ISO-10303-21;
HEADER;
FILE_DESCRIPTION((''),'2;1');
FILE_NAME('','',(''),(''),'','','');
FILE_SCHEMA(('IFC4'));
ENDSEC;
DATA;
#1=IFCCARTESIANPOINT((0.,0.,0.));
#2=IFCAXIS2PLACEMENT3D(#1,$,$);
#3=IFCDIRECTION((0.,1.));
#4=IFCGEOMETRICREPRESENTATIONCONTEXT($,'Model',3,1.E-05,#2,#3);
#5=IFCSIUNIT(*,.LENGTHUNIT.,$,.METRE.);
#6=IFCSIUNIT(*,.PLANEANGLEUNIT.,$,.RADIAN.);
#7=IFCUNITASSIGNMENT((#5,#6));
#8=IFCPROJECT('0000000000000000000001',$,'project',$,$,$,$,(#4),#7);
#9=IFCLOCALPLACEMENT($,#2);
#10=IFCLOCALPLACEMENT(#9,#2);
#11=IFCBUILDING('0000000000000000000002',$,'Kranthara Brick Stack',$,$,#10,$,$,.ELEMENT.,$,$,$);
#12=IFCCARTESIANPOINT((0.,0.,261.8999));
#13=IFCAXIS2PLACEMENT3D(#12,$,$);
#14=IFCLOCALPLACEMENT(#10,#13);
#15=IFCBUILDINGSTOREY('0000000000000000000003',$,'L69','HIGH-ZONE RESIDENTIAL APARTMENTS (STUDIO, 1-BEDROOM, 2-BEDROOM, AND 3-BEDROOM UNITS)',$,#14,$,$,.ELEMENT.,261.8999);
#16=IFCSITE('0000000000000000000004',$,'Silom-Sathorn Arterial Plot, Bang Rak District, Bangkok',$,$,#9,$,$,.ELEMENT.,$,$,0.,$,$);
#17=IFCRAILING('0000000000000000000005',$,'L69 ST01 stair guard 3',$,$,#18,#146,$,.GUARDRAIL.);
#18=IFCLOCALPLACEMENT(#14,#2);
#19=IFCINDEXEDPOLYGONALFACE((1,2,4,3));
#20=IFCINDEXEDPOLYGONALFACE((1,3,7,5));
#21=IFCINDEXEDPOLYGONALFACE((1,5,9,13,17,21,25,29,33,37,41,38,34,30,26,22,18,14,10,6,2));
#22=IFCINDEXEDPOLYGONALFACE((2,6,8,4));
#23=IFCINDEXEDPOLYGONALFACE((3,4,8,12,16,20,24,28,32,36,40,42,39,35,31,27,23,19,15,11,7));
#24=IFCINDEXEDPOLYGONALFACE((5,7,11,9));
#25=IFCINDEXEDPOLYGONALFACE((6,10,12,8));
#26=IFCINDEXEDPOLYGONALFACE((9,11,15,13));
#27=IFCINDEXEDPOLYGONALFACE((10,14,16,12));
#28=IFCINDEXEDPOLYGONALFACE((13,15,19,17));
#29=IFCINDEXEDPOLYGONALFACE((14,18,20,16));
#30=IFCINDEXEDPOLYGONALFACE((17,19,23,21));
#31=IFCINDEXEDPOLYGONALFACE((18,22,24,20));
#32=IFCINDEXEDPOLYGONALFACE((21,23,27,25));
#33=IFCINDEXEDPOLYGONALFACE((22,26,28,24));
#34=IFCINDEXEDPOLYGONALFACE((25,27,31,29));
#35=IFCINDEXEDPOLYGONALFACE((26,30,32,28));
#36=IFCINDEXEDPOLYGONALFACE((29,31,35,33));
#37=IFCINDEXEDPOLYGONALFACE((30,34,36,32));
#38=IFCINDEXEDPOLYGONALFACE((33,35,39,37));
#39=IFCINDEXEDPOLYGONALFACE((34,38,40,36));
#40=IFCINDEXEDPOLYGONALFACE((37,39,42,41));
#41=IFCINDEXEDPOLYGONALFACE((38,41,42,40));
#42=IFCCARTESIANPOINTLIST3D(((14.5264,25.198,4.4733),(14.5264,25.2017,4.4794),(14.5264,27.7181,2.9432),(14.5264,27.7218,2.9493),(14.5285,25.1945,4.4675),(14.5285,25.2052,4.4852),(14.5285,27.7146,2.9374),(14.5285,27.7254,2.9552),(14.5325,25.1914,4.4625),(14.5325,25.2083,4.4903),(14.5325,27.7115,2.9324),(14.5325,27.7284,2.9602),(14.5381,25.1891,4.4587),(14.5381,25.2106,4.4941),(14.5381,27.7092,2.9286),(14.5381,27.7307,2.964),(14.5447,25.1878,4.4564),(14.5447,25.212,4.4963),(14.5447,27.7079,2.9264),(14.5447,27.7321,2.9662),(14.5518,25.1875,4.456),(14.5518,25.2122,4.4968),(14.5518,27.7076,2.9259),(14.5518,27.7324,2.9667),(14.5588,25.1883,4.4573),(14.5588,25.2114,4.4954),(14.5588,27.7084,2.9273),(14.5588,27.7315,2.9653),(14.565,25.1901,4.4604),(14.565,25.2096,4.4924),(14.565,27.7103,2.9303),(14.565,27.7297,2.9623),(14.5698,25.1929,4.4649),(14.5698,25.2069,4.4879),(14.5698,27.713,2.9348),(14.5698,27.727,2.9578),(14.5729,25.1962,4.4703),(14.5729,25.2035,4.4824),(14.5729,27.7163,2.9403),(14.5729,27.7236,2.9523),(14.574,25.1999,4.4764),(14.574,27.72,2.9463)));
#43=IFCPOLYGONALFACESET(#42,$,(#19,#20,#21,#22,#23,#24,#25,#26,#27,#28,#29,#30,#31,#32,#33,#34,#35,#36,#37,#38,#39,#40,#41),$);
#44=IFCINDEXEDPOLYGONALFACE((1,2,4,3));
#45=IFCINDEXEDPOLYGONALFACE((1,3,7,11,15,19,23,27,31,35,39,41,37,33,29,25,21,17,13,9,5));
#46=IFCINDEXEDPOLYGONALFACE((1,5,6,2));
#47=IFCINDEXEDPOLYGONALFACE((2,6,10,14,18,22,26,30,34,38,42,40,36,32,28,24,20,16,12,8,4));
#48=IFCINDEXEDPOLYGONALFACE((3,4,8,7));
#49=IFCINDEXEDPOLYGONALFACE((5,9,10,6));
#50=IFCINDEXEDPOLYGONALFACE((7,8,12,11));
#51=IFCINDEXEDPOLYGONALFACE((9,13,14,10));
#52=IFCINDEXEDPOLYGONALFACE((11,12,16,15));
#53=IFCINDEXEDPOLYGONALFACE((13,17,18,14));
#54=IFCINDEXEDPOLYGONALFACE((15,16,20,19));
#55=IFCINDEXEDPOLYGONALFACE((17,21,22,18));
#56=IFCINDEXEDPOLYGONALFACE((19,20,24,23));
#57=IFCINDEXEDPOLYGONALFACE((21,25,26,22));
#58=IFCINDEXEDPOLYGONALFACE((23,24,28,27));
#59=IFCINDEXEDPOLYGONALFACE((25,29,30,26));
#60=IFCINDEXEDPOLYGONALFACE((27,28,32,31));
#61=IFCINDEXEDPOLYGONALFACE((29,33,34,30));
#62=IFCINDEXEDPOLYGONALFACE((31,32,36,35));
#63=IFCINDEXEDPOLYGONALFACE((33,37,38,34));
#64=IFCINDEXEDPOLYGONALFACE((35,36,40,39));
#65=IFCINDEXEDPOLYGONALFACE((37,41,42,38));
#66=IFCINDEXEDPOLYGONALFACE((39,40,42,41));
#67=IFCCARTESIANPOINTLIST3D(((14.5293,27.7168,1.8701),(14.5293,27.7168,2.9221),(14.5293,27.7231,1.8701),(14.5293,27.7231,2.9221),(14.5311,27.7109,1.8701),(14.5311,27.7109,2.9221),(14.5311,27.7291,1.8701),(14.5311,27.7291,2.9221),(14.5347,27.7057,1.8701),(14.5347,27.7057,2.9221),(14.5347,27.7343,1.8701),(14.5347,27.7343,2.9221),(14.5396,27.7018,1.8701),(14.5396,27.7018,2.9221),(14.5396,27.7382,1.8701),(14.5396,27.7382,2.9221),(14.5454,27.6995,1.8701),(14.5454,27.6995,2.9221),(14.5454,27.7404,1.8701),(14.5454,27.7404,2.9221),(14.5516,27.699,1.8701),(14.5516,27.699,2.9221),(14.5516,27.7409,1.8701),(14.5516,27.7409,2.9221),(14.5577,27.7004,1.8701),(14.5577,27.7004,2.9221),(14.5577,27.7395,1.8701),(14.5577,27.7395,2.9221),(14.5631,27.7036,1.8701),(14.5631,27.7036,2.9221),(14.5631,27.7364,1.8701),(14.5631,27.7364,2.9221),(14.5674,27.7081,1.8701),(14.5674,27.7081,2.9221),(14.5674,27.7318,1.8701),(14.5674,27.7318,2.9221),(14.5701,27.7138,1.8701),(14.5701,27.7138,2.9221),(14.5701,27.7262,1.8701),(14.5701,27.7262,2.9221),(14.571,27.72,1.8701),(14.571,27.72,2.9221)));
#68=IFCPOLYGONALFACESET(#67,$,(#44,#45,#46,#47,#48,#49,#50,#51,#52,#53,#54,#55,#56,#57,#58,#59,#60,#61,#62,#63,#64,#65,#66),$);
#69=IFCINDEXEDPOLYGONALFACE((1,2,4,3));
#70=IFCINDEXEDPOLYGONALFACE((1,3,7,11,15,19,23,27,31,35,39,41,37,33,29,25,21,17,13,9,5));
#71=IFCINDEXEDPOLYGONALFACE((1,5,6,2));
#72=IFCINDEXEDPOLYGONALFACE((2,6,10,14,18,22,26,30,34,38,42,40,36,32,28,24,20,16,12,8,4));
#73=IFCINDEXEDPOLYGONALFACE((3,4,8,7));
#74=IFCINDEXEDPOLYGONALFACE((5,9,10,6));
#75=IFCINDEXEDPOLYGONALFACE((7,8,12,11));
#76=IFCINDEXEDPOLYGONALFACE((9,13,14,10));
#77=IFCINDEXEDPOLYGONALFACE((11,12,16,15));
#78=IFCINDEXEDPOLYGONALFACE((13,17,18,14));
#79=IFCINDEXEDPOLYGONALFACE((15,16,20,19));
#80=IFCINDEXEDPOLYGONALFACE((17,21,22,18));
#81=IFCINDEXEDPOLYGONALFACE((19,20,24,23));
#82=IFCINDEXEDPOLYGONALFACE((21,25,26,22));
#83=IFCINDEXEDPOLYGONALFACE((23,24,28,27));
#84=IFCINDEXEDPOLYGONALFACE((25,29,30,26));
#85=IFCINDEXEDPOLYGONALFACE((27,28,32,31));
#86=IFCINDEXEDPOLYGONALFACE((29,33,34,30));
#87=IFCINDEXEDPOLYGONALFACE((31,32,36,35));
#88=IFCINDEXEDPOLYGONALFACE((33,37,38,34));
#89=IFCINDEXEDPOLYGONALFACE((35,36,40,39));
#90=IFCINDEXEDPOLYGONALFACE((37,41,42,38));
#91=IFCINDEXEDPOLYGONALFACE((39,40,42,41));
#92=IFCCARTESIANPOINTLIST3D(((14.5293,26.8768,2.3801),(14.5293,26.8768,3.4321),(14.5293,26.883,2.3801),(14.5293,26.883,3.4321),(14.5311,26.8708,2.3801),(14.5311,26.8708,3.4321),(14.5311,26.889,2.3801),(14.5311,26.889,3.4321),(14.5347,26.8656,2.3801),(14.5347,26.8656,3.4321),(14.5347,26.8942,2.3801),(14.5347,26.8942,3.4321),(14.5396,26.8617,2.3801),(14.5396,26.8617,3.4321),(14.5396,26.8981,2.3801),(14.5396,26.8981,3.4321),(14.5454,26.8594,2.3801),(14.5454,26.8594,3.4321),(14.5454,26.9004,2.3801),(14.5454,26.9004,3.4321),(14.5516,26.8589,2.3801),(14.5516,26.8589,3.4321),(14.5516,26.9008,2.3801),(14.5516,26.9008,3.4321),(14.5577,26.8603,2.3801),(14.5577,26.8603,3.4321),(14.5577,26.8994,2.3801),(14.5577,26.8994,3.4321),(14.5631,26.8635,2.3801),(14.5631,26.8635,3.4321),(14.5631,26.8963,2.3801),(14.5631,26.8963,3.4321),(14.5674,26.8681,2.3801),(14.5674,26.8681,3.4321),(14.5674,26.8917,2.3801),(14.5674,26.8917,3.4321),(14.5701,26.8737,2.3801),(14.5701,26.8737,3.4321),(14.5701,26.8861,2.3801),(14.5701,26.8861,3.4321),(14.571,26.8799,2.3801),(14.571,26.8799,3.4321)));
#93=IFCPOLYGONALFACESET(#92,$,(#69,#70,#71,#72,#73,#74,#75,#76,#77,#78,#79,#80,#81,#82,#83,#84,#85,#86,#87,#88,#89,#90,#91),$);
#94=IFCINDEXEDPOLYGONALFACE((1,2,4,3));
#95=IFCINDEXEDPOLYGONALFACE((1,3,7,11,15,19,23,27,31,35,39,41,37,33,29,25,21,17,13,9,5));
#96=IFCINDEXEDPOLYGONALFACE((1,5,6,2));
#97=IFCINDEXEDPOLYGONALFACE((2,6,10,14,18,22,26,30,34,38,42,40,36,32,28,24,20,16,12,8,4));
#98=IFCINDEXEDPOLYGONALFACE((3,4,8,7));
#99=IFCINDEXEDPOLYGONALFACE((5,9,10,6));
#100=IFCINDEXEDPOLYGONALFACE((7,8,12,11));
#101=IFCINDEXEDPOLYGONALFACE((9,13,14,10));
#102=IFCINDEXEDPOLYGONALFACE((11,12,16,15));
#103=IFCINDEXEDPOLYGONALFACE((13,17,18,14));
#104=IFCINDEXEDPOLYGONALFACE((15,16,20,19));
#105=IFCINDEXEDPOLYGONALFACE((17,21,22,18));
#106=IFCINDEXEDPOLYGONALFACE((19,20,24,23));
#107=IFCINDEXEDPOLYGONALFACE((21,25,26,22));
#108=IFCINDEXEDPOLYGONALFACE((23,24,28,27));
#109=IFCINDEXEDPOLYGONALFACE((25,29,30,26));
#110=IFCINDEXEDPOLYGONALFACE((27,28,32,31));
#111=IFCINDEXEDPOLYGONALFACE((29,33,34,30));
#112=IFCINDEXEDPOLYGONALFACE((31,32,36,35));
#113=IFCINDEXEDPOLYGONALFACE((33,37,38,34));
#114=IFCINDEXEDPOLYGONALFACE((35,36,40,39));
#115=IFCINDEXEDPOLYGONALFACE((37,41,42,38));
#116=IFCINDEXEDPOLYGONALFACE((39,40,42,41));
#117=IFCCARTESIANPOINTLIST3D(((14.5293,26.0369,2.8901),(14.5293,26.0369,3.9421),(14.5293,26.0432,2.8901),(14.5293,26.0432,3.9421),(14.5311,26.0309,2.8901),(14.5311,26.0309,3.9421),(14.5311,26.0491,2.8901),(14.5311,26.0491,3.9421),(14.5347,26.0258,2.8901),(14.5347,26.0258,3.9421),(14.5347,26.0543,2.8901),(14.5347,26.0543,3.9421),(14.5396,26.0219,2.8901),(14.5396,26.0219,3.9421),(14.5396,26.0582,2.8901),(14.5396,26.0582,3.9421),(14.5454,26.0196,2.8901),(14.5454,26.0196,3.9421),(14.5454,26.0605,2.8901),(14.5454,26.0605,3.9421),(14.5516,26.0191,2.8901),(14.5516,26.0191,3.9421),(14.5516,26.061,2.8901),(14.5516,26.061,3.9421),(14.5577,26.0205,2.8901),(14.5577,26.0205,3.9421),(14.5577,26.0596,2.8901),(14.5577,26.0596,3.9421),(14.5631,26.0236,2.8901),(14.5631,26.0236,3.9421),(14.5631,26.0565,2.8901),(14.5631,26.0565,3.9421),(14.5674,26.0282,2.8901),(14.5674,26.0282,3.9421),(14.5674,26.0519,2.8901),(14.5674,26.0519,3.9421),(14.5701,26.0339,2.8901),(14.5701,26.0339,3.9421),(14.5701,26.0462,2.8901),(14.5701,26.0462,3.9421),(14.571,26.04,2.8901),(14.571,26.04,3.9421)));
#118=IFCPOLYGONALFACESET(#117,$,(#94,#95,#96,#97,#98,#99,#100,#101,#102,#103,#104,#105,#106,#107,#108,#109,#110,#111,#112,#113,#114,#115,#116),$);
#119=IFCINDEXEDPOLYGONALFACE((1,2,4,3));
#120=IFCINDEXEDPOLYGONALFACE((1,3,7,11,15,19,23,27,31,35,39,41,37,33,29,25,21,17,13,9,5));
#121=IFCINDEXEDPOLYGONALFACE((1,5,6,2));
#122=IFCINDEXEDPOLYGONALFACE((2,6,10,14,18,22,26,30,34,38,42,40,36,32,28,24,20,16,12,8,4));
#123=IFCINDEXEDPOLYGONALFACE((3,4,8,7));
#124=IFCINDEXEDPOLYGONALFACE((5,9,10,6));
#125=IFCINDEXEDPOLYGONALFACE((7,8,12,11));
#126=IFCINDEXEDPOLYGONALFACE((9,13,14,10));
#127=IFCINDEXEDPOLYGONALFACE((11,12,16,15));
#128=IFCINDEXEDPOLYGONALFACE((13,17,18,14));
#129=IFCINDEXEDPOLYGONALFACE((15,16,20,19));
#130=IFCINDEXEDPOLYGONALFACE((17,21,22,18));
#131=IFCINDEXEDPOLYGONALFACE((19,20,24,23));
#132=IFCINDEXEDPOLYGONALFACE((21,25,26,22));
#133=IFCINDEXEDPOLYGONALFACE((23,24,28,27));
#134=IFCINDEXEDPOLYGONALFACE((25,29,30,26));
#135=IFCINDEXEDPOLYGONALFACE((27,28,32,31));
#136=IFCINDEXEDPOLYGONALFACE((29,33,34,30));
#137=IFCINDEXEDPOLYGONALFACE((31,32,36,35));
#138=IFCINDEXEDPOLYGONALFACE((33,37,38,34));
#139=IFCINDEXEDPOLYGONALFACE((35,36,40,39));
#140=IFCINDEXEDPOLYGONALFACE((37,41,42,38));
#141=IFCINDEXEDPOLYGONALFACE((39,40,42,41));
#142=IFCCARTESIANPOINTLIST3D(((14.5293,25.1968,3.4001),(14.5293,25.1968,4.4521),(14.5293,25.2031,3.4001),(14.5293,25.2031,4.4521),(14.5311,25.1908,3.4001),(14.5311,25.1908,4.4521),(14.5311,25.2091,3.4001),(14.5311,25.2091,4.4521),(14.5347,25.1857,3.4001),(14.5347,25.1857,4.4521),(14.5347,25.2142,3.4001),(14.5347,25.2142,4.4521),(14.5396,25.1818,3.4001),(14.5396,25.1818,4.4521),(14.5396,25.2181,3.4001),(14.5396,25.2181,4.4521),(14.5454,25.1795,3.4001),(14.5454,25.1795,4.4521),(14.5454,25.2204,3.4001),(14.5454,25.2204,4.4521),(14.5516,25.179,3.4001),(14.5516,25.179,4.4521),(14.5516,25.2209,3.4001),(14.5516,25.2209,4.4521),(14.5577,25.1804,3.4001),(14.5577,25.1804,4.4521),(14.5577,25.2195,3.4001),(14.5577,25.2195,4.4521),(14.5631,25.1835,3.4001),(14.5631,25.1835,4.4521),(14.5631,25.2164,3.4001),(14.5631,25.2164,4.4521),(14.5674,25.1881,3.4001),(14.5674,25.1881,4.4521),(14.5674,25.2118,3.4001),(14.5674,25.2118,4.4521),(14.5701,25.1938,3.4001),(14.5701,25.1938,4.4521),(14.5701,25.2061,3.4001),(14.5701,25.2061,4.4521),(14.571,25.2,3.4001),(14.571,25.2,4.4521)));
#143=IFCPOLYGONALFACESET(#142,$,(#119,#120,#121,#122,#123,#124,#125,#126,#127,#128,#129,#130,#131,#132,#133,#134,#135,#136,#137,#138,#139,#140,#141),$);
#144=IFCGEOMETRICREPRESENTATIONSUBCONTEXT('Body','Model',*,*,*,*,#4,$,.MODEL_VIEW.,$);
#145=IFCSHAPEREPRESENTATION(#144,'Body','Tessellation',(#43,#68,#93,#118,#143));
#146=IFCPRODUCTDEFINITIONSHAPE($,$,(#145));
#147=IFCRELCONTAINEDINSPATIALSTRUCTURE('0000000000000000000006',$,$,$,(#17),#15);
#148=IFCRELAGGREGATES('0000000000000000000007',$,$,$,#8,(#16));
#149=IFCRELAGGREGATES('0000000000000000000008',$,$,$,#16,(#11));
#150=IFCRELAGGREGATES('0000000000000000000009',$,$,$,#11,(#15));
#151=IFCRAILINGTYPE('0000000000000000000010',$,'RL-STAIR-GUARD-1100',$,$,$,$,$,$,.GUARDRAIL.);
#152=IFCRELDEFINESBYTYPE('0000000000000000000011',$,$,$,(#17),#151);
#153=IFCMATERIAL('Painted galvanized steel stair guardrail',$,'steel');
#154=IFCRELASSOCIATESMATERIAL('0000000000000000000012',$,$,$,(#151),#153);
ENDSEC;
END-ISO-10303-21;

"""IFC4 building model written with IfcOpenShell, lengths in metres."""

from ifc_helpers import new_model, si_unit, direction, frame, origin, origin_2d, place, context, subcontext, project, spatial, circle, extrude, material, type_object, element, save


model = new_model("IFC4")

# Units and contexts
model_context = context("Model", 3, precision=1e-05, world=origin(), true_north=direction((0.0, 1.0)))
body_context = subcontext(model_context, "Body", "Model", "MODEL_VIEW")
ifc_project = project(units=[si_unit("LENGTHUNIT", "METRE"), si_unit("PLANEANGLEUNIT", "RADIAN")], contexts=[model_context])

# Site, building, storey
site_placement = place(None, origin())
site = spatial("IfcSite", under=ifc_project, at=site_placement, Name="Silom-Sathorn Arterial Plot, Bang Rak District, Bangkok", CompositionType="ELEMENT", RefElevation=0.0)
building_placement = place(site_placement, origin())
building = spatial("IfcBuilding", under=site, at=building_placement, Name="Kranthara Brick Stack", CompositionType="ELEMENT")
storey_placement = place(building_placement, frame((0.0, 0.0, 261.8999)))
storey = spatial("IfcBuildingStorey", under=building, at=storey_placement, Name="L69", Description="HIGH-ZONE RESIDENTIAL APARTMENTS (STUDIO, 1-BEDROOM, 2-BEDROOM, AND 3-BEDROOM UNITS)", CompositionType="ELEMENT", Elevation=261.8999)

# Railing
ifc_material_1 = material(Name="Painted galvanized steel stair guardrail", Category="steel")
railing_type_1 = type_object("IfcRailingType", Name="RL-STAIR-GUARD-1100", PredefinedType="GUARDRAIL", material=ifc_material_1)
railing_1_placement = place(storey_placement, frame((14.55, 27.72, 1.8701)))
element("IfcRailing", 1, at=railing_1_placement, inside=storey, type_object=railing_type_1, Name="L69 ST01 stair guard 3", PredefinedType="GUARDRAIL", context=body_context, shape_type="SweptSolid", body=[
    extrude(circle(Radius=0.0239, at=origin_2d()), frame((0.0, 0.0, 1.0762), z_axis=(0.0, -0.854785, 0.518982), x_axis=(1.0, 0.0, 0.0)), (0.0, 0.0, 1.0), 2.9482),
    extrude(circle(Radius=0.021, at=origin_2d()), origin(), (0.0, 0.0, 1.0), 1.052),
    extrude(circle(Radius=0.021, at=origin_2d()), frame((0.0, -0.8401, 0.51)), (0.0, 0.0, 1.0), 1.052),
    extrude(circle(Radius=0.021, at=origin_2d()), frame((0.0, -1.6799, 1.02)), (0.0, 0.0, 1.0), 1.052),
    extrude(circle(Radius=0.021, at=origin_2d()), frame((0.0, -2.52, 1.53)), (0.0, 0.0, 1.0), 1.052),
])

save(model, "model.ifc")
